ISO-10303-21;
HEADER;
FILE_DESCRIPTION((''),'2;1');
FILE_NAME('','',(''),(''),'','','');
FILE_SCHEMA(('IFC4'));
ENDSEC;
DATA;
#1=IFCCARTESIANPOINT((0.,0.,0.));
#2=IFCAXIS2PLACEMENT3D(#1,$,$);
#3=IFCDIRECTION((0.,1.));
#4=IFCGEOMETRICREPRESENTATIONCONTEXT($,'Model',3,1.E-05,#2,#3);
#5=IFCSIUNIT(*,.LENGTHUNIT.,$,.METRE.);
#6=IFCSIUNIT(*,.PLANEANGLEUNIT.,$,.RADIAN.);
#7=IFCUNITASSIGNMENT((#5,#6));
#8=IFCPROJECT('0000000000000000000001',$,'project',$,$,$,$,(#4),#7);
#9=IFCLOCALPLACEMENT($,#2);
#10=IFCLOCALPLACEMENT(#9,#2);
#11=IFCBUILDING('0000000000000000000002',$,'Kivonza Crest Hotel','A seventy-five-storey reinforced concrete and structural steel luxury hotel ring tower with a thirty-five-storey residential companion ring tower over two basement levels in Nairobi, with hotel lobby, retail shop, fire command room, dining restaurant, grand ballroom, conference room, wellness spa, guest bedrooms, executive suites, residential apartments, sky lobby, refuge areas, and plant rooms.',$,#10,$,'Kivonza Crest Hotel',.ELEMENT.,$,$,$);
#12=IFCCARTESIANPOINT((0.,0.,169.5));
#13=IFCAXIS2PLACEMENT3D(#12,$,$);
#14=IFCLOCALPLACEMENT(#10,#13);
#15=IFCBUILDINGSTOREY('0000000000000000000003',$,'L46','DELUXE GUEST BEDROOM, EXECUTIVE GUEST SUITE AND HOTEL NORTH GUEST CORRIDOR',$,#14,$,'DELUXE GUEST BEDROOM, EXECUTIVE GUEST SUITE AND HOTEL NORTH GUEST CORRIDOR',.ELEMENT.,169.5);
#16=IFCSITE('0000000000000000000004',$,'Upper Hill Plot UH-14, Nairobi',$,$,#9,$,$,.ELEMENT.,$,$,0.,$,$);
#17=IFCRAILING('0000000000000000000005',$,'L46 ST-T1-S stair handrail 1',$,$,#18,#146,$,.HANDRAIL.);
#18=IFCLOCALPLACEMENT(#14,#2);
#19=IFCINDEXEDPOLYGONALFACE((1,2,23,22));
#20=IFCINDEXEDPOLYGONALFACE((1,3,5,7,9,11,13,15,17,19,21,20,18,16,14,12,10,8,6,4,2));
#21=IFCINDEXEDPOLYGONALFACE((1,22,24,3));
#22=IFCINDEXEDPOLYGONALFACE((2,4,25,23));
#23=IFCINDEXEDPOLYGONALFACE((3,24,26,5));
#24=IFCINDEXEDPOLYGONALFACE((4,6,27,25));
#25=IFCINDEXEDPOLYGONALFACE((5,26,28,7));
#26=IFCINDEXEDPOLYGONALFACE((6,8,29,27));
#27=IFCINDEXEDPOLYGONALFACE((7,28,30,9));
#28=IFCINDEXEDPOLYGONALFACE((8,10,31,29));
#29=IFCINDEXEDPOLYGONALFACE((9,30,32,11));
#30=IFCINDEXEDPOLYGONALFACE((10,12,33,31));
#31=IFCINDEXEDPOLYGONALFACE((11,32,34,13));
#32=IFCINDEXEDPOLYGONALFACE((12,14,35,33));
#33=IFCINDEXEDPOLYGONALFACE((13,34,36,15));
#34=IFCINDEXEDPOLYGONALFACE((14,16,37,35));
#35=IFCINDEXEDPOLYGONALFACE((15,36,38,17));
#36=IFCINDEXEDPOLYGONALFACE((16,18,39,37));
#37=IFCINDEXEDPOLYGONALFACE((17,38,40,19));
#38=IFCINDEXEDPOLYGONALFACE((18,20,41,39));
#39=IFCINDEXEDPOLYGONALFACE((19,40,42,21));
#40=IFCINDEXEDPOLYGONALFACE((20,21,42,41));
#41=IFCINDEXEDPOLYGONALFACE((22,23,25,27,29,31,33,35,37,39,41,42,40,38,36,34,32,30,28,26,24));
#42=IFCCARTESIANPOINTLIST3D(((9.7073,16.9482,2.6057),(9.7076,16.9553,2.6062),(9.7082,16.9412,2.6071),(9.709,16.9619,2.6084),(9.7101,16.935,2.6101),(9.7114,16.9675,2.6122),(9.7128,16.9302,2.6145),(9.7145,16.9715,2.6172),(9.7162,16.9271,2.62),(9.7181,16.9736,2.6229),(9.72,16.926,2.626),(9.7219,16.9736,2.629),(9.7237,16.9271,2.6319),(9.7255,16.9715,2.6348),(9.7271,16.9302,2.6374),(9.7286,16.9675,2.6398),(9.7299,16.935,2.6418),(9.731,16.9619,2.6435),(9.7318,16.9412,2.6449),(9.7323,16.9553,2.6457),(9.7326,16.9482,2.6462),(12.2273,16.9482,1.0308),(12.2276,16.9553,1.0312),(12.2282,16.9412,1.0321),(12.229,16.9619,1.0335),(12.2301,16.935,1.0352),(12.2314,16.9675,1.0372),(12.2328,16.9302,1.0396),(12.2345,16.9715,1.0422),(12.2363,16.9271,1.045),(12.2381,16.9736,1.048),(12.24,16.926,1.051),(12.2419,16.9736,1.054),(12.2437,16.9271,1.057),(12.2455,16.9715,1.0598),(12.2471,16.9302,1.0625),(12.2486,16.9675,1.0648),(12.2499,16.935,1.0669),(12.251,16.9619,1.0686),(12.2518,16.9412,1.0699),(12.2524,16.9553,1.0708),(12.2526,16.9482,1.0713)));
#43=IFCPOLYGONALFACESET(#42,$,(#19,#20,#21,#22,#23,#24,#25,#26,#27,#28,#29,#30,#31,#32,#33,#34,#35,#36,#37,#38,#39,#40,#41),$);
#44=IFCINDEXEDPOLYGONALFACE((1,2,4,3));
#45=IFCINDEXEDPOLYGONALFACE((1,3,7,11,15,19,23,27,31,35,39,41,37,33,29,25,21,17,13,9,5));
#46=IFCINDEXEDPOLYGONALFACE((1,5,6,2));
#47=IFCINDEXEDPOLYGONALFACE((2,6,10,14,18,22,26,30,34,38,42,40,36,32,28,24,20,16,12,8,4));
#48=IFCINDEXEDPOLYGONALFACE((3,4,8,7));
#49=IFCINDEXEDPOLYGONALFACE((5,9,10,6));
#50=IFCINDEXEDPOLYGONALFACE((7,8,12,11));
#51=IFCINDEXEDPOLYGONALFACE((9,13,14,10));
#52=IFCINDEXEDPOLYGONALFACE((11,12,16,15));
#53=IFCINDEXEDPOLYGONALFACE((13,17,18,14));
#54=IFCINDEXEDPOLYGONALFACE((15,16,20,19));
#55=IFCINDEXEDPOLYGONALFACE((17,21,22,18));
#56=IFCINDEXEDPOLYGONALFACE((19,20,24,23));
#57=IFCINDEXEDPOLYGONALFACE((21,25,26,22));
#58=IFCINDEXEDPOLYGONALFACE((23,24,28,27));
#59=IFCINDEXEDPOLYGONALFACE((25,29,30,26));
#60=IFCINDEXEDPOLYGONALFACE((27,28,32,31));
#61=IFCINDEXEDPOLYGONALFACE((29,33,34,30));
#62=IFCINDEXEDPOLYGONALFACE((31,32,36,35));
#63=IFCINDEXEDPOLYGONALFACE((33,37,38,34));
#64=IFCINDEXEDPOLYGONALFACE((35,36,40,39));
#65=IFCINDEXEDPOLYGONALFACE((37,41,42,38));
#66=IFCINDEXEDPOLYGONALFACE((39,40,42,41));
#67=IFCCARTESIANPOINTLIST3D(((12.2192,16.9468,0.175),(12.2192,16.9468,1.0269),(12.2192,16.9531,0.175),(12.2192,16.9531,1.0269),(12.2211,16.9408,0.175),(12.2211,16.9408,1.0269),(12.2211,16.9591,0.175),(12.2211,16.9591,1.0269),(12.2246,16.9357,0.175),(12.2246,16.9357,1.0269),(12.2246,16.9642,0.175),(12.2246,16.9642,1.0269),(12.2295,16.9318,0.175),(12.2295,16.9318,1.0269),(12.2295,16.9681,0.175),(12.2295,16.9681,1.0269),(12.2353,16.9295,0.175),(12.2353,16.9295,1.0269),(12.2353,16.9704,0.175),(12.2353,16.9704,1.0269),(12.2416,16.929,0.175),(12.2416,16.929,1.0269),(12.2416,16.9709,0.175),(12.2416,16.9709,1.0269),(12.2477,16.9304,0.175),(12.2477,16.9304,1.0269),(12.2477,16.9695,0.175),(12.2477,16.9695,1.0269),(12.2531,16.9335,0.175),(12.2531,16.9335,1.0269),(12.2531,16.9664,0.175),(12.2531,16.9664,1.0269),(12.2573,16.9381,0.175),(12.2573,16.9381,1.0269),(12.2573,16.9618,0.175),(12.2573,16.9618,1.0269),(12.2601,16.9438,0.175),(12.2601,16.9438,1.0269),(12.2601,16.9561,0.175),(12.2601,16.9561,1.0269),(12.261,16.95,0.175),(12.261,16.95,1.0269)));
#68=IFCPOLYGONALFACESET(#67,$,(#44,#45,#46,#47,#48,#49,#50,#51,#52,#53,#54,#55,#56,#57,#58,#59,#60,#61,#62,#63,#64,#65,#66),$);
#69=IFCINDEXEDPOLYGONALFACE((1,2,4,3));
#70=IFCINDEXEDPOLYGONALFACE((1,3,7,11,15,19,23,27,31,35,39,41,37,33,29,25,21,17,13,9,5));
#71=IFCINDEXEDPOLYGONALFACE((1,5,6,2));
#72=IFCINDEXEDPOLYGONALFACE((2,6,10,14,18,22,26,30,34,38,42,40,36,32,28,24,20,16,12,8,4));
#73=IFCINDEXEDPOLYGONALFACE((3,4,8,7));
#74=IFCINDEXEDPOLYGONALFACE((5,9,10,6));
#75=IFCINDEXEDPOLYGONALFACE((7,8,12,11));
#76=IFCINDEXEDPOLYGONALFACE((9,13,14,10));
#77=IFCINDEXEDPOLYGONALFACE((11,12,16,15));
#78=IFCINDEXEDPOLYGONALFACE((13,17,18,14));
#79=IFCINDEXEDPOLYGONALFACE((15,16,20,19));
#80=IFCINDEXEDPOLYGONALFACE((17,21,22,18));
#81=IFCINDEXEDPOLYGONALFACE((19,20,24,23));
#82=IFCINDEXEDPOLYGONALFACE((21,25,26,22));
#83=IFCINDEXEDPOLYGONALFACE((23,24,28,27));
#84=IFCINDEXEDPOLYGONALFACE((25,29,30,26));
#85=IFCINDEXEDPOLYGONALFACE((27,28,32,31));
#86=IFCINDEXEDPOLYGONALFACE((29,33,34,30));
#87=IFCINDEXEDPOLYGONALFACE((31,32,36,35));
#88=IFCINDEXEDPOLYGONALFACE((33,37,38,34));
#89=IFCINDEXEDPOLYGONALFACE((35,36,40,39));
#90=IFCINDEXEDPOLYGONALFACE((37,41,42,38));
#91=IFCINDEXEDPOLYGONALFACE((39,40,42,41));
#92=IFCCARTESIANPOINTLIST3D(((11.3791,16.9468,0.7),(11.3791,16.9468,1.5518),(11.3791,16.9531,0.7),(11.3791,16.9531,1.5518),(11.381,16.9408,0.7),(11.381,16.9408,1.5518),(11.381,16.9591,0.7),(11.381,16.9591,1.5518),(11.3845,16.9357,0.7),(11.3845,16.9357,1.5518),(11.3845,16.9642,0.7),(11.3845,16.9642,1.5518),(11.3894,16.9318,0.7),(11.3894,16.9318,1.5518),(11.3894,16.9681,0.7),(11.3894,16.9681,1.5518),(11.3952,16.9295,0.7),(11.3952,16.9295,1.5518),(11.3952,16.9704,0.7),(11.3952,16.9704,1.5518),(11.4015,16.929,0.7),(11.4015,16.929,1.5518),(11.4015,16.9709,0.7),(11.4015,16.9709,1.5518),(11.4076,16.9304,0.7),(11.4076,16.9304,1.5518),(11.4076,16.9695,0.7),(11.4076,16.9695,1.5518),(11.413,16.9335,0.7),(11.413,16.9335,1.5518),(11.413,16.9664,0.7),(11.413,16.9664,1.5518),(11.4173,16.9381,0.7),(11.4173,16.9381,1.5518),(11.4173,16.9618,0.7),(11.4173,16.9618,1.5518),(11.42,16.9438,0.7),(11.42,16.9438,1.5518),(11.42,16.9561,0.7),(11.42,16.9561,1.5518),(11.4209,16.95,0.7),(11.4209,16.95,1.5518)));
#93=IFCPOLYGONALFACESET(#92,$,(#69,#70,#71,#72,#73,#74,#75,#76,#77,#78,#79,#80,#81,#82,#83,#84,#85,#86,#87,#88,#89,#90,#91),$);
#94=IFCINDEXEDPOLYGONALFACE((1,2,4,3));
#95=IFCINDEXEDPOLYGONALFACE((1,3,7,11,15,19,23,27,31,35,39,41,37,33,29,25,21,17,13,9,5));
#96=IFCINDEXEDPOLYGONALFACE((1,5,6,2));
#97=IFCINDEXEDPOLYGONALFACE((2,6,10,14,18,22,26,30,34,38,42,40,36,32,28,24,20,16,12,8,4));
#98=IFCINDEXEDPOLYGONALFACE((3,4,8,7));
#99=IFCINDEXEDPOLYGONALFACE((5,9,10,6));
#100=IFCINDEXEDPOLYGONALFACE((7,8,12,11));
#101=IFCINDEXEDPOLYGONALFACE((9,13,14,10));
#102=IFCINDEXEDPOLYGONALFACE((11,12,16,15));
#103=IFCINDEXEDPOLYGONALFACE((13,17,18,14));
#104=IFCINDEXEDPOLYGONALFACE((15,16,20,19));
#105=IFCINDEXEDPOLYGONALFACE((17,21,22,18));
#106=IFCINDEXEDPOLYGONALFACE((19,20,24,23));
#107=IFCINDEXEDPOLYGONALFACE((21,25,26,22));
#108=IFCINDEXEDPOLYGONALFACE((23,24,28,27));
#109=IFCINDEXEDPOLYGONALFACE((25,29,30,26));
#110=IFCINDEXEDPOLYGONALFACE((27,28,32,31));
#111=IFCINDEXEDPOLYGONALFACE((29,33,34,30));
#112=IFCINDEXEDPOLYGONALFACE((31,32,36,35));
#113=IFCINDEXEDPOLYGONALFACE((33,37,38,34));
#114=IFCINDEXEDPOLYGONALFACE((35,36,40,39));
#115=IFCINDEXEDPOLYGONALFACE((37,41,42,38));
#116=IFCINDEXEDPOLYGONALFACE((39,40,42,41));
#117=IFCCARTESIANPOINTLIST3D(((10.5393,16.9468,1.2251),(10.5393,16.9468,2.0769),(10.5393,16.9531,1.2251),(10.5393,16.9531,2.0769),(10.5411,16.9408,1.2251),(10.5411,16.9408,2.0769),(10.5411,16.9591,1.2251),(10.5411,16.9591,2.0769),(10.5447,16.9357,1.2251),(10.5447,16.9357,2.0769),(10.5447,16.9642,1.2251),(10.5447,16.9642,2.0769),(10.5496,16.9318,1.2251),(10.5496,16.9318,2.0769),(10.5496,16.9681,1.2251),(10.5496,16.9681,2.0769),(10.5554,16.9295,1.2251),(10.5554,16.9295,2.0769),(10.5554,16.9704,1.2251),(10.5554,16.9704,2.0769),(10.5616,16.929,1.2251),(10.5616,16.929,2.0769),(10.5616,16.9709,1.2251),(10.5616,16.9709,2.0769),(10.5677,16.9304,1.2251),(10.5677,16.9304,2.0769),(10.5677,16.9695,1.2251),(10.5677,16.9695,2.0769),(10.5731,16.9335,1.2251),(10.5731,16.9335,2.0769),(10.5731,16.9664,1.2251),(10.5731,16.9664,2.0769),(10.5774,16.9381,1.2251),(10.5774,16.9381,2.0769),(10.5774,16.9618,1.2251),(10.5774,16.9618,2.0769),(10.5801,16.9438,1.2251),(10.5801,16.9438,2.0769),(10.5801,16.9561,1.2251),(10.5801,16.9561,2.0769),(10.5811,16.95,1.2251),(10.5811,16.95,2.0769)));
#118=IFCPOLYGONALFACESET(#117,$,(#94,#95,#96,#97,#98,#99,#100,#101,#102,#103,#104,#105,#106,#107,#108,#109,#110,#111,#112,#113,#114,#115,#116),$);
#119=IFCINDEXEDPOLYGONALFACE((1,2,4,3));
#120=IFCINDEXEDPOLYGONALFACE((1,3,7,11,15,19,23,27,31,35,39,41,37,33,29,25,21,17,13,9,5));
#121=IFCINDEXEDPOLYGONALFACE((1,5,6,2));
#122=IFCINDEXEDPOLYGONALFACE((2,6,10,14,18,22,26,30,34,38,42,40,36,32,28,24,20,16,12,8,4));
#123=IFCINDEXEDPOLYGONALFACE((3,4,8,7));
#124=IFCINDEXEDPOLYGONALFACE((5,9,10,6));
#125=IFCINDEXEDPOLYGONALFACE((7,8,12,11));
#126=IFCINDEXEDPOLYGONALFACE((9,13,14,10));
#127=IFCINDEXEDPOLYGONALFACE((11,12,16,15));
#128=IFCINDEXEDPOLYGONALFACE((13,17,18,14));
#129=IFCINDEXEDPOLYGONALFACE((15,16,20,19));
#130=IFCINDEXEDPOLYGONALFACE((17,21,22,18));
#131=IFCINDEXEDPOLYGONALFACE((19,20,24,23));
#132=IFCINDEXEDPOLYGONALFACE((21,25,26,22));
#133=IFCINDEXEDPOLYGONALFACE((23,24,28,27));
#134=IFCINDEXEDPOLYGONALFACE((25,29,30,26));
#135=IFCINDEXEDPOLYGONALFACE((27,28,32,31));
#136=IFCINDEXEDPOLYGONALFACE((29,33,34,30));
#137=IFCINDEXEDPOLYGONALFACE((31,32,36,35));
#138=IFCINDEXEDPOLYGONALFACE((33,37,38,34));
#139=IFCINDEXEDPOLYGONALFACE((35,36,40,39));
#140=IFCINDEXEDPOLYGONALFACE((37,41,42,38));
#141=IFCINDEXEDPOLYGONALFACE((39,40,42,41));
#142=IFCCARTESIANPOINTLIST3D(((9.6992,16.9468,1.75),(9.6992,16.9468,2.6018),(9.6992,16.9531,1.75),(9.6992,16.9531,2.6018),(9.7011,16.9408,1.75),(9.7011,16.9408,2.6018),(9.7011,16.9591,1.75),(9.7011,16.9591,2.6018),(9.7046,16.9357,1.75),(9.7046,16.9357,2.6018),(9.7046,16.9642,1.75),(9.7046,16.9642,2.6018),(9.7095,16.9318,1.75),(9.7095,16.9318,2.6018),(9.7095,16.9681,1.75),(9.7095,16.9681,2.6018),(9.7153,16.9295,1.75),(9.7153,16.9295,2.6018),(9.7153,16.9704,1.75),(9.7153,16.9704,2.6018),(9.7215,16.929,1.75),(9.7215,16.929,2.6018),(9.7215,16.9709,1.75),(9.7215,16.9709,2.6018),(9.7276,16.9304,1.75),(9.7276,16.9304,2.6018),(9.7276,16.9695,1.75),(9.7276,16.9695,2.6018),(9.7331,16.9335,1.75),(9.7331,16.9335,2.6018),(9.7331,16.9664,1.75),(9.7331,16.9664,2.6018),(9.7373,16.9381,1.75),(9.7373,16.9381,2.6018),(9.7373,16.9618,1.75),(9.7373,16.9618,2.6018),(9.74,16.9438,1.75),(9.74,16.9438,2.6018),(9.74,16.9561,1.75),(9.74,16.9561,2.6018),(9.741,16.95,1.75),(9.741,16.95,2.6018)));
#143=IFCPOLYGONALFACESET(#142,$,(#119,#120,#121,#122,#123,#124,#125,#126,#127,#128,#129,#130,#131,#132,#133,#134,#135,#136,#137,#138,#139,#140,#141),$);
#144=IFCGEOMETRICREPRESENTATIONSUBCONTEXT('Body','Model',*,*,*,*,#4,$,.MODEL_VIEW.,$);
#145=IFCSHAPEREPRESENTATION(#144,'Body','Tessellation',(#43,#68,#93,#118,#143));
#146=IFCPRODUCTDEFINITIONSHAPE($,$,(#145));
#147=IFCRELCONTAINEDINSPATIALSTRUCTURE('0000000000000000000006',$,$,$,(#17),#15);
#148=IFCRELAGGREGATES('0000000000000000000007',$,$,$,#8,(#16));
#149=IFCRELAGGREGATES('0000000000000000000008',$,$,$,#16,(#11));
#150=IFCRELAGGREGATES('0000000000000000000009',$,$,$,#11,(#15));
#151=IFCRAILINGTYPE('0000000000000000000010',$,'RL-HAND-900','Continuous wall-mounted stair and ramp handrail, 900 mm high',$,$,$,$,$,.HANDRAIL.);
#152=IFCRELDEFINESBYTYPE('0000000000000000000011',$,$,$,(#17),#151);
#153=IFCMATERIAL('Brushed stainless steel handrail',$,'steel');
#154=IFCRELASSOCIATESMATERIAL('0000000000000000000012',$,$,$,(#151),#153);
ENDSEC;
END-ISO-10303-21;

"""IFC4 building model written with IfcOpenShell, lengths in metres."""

from ifc_helpers import new_model, si_unit, direction, frame, origin, origin_2d, place, context, subcontext, project, spatial, circle, extrude, material, type_object, element, save


model = new_model("IFC4")

# Units and contexts
model_context = context("Model", 3, precision=1e-05, world=origin(), true_north=direction((0.0, 1.0)))
body_context = subcontext(model_context, "Body", "Model", "MODEL_VIEW")
ifc_project = project(units=[si_unit("LENGTHUNIT", "METRE"), si_unit("PLANEANGLEUNIT", "RADIAN")], contexts=[model_context])

# Site, building, storey
site_placement = place(None, origin())
site = spatial("IfcSite", under=ifc_project, at=site_placement, Name="Upper Hill Plot UH-14, Nairobi", CompositionType="ELEMENT", RefElevation=0.0)
building_placement = place(site_placement, origin())
building = spatial("IfcBuilding", under=site, at=building_placement, Name="Kivonza Crest Hotel", Description="A seventy-five-storey reinforced concrete and structural steel luxury hotel ring tower with a thirty-five-storey residential companion ring tower over two basement levels in Nairobi, with hotel lobby, retail shop, fire command room, dining restaurant, grand ballroom, conference room, wellness spa, guest bedrooms, executive suites, residential apartments, sky lobby, refuge areas, and plant rooms.", LongName="Kivonza Crest Hotel", CompositionType="ELEMENT")
storey_placement = place(building_placement, frame((0.0, 0.0, 169.5)))
storey = spatial("IfcBuildingStorey", under=building, at=storey_placement, Name="L46", Description="DELUXE GUEST BEDROOM, EXECUTIVE GUEST SUITE AND HOTEL NORTH GUEST CORRIDOR", LongName="DELUXE GUEST BEDROOM, EXECUTIVE GUEST SUITE AND HOTEL NORTH GUEST CORRIDOR", CompositionType="ELEMENT", Elevation=169.5)

# Railing
ifc_material_1 = material(Name="Brushed stainless steel handrail", Category="steel")
railing_type_1 = type_object("IfcRailingType", Name="RL-HAND-900", Description="Continuous wall-mounted stair and ramp handrail, 900 mm high", PredefinedType="HANDRAIL", material=ifc_material_1)
railing_1_placement = place(storey_placement, frame((12.24, 16.95, 0.175)))
element("IfcRailing", 1, at=railing_1_placement, inside=storey, type_object=railing_type_1, Name="L46 ST-T1-S stair handrail 1", PredefinedType="HANDRAIL", context=body_context, shape_type="SweptSolid", body=[
    extrude(circle(Radius=0.0239, at=origin_2d()), frame((0.0, 0.0, 0.876), z_axis=(-0.848008, 0.0, 0.529984), x_axis=(0.0, -1.0, 0.0)), (0.0, 0.0, 1.0), 2.9717),
    extrude(circle(Radius=0.021, at=origin_2d()), origin(), (0.0, 0.0, 1.0), 0.8518),
    extrude(circle(Radius=0.021, at=origin_2d()), frame((-0.8401, 0.0, 0.5249)), (0.0, 0.0, 1.0), 0.8518),
    extrude(circle(Radius=0.021, at=origin_2d()), frame((-1.6799, 0.0, 1.05)), (0.0, 0.0, 1.0), 0.8518),
    extrude(circle(Radius=0.021, at=origin_2d()), frame((-2.52, 0.0, 1.575)), (0.0, 0.0, 1.0), 0.8518),
])

save(model, "model.ifc")
